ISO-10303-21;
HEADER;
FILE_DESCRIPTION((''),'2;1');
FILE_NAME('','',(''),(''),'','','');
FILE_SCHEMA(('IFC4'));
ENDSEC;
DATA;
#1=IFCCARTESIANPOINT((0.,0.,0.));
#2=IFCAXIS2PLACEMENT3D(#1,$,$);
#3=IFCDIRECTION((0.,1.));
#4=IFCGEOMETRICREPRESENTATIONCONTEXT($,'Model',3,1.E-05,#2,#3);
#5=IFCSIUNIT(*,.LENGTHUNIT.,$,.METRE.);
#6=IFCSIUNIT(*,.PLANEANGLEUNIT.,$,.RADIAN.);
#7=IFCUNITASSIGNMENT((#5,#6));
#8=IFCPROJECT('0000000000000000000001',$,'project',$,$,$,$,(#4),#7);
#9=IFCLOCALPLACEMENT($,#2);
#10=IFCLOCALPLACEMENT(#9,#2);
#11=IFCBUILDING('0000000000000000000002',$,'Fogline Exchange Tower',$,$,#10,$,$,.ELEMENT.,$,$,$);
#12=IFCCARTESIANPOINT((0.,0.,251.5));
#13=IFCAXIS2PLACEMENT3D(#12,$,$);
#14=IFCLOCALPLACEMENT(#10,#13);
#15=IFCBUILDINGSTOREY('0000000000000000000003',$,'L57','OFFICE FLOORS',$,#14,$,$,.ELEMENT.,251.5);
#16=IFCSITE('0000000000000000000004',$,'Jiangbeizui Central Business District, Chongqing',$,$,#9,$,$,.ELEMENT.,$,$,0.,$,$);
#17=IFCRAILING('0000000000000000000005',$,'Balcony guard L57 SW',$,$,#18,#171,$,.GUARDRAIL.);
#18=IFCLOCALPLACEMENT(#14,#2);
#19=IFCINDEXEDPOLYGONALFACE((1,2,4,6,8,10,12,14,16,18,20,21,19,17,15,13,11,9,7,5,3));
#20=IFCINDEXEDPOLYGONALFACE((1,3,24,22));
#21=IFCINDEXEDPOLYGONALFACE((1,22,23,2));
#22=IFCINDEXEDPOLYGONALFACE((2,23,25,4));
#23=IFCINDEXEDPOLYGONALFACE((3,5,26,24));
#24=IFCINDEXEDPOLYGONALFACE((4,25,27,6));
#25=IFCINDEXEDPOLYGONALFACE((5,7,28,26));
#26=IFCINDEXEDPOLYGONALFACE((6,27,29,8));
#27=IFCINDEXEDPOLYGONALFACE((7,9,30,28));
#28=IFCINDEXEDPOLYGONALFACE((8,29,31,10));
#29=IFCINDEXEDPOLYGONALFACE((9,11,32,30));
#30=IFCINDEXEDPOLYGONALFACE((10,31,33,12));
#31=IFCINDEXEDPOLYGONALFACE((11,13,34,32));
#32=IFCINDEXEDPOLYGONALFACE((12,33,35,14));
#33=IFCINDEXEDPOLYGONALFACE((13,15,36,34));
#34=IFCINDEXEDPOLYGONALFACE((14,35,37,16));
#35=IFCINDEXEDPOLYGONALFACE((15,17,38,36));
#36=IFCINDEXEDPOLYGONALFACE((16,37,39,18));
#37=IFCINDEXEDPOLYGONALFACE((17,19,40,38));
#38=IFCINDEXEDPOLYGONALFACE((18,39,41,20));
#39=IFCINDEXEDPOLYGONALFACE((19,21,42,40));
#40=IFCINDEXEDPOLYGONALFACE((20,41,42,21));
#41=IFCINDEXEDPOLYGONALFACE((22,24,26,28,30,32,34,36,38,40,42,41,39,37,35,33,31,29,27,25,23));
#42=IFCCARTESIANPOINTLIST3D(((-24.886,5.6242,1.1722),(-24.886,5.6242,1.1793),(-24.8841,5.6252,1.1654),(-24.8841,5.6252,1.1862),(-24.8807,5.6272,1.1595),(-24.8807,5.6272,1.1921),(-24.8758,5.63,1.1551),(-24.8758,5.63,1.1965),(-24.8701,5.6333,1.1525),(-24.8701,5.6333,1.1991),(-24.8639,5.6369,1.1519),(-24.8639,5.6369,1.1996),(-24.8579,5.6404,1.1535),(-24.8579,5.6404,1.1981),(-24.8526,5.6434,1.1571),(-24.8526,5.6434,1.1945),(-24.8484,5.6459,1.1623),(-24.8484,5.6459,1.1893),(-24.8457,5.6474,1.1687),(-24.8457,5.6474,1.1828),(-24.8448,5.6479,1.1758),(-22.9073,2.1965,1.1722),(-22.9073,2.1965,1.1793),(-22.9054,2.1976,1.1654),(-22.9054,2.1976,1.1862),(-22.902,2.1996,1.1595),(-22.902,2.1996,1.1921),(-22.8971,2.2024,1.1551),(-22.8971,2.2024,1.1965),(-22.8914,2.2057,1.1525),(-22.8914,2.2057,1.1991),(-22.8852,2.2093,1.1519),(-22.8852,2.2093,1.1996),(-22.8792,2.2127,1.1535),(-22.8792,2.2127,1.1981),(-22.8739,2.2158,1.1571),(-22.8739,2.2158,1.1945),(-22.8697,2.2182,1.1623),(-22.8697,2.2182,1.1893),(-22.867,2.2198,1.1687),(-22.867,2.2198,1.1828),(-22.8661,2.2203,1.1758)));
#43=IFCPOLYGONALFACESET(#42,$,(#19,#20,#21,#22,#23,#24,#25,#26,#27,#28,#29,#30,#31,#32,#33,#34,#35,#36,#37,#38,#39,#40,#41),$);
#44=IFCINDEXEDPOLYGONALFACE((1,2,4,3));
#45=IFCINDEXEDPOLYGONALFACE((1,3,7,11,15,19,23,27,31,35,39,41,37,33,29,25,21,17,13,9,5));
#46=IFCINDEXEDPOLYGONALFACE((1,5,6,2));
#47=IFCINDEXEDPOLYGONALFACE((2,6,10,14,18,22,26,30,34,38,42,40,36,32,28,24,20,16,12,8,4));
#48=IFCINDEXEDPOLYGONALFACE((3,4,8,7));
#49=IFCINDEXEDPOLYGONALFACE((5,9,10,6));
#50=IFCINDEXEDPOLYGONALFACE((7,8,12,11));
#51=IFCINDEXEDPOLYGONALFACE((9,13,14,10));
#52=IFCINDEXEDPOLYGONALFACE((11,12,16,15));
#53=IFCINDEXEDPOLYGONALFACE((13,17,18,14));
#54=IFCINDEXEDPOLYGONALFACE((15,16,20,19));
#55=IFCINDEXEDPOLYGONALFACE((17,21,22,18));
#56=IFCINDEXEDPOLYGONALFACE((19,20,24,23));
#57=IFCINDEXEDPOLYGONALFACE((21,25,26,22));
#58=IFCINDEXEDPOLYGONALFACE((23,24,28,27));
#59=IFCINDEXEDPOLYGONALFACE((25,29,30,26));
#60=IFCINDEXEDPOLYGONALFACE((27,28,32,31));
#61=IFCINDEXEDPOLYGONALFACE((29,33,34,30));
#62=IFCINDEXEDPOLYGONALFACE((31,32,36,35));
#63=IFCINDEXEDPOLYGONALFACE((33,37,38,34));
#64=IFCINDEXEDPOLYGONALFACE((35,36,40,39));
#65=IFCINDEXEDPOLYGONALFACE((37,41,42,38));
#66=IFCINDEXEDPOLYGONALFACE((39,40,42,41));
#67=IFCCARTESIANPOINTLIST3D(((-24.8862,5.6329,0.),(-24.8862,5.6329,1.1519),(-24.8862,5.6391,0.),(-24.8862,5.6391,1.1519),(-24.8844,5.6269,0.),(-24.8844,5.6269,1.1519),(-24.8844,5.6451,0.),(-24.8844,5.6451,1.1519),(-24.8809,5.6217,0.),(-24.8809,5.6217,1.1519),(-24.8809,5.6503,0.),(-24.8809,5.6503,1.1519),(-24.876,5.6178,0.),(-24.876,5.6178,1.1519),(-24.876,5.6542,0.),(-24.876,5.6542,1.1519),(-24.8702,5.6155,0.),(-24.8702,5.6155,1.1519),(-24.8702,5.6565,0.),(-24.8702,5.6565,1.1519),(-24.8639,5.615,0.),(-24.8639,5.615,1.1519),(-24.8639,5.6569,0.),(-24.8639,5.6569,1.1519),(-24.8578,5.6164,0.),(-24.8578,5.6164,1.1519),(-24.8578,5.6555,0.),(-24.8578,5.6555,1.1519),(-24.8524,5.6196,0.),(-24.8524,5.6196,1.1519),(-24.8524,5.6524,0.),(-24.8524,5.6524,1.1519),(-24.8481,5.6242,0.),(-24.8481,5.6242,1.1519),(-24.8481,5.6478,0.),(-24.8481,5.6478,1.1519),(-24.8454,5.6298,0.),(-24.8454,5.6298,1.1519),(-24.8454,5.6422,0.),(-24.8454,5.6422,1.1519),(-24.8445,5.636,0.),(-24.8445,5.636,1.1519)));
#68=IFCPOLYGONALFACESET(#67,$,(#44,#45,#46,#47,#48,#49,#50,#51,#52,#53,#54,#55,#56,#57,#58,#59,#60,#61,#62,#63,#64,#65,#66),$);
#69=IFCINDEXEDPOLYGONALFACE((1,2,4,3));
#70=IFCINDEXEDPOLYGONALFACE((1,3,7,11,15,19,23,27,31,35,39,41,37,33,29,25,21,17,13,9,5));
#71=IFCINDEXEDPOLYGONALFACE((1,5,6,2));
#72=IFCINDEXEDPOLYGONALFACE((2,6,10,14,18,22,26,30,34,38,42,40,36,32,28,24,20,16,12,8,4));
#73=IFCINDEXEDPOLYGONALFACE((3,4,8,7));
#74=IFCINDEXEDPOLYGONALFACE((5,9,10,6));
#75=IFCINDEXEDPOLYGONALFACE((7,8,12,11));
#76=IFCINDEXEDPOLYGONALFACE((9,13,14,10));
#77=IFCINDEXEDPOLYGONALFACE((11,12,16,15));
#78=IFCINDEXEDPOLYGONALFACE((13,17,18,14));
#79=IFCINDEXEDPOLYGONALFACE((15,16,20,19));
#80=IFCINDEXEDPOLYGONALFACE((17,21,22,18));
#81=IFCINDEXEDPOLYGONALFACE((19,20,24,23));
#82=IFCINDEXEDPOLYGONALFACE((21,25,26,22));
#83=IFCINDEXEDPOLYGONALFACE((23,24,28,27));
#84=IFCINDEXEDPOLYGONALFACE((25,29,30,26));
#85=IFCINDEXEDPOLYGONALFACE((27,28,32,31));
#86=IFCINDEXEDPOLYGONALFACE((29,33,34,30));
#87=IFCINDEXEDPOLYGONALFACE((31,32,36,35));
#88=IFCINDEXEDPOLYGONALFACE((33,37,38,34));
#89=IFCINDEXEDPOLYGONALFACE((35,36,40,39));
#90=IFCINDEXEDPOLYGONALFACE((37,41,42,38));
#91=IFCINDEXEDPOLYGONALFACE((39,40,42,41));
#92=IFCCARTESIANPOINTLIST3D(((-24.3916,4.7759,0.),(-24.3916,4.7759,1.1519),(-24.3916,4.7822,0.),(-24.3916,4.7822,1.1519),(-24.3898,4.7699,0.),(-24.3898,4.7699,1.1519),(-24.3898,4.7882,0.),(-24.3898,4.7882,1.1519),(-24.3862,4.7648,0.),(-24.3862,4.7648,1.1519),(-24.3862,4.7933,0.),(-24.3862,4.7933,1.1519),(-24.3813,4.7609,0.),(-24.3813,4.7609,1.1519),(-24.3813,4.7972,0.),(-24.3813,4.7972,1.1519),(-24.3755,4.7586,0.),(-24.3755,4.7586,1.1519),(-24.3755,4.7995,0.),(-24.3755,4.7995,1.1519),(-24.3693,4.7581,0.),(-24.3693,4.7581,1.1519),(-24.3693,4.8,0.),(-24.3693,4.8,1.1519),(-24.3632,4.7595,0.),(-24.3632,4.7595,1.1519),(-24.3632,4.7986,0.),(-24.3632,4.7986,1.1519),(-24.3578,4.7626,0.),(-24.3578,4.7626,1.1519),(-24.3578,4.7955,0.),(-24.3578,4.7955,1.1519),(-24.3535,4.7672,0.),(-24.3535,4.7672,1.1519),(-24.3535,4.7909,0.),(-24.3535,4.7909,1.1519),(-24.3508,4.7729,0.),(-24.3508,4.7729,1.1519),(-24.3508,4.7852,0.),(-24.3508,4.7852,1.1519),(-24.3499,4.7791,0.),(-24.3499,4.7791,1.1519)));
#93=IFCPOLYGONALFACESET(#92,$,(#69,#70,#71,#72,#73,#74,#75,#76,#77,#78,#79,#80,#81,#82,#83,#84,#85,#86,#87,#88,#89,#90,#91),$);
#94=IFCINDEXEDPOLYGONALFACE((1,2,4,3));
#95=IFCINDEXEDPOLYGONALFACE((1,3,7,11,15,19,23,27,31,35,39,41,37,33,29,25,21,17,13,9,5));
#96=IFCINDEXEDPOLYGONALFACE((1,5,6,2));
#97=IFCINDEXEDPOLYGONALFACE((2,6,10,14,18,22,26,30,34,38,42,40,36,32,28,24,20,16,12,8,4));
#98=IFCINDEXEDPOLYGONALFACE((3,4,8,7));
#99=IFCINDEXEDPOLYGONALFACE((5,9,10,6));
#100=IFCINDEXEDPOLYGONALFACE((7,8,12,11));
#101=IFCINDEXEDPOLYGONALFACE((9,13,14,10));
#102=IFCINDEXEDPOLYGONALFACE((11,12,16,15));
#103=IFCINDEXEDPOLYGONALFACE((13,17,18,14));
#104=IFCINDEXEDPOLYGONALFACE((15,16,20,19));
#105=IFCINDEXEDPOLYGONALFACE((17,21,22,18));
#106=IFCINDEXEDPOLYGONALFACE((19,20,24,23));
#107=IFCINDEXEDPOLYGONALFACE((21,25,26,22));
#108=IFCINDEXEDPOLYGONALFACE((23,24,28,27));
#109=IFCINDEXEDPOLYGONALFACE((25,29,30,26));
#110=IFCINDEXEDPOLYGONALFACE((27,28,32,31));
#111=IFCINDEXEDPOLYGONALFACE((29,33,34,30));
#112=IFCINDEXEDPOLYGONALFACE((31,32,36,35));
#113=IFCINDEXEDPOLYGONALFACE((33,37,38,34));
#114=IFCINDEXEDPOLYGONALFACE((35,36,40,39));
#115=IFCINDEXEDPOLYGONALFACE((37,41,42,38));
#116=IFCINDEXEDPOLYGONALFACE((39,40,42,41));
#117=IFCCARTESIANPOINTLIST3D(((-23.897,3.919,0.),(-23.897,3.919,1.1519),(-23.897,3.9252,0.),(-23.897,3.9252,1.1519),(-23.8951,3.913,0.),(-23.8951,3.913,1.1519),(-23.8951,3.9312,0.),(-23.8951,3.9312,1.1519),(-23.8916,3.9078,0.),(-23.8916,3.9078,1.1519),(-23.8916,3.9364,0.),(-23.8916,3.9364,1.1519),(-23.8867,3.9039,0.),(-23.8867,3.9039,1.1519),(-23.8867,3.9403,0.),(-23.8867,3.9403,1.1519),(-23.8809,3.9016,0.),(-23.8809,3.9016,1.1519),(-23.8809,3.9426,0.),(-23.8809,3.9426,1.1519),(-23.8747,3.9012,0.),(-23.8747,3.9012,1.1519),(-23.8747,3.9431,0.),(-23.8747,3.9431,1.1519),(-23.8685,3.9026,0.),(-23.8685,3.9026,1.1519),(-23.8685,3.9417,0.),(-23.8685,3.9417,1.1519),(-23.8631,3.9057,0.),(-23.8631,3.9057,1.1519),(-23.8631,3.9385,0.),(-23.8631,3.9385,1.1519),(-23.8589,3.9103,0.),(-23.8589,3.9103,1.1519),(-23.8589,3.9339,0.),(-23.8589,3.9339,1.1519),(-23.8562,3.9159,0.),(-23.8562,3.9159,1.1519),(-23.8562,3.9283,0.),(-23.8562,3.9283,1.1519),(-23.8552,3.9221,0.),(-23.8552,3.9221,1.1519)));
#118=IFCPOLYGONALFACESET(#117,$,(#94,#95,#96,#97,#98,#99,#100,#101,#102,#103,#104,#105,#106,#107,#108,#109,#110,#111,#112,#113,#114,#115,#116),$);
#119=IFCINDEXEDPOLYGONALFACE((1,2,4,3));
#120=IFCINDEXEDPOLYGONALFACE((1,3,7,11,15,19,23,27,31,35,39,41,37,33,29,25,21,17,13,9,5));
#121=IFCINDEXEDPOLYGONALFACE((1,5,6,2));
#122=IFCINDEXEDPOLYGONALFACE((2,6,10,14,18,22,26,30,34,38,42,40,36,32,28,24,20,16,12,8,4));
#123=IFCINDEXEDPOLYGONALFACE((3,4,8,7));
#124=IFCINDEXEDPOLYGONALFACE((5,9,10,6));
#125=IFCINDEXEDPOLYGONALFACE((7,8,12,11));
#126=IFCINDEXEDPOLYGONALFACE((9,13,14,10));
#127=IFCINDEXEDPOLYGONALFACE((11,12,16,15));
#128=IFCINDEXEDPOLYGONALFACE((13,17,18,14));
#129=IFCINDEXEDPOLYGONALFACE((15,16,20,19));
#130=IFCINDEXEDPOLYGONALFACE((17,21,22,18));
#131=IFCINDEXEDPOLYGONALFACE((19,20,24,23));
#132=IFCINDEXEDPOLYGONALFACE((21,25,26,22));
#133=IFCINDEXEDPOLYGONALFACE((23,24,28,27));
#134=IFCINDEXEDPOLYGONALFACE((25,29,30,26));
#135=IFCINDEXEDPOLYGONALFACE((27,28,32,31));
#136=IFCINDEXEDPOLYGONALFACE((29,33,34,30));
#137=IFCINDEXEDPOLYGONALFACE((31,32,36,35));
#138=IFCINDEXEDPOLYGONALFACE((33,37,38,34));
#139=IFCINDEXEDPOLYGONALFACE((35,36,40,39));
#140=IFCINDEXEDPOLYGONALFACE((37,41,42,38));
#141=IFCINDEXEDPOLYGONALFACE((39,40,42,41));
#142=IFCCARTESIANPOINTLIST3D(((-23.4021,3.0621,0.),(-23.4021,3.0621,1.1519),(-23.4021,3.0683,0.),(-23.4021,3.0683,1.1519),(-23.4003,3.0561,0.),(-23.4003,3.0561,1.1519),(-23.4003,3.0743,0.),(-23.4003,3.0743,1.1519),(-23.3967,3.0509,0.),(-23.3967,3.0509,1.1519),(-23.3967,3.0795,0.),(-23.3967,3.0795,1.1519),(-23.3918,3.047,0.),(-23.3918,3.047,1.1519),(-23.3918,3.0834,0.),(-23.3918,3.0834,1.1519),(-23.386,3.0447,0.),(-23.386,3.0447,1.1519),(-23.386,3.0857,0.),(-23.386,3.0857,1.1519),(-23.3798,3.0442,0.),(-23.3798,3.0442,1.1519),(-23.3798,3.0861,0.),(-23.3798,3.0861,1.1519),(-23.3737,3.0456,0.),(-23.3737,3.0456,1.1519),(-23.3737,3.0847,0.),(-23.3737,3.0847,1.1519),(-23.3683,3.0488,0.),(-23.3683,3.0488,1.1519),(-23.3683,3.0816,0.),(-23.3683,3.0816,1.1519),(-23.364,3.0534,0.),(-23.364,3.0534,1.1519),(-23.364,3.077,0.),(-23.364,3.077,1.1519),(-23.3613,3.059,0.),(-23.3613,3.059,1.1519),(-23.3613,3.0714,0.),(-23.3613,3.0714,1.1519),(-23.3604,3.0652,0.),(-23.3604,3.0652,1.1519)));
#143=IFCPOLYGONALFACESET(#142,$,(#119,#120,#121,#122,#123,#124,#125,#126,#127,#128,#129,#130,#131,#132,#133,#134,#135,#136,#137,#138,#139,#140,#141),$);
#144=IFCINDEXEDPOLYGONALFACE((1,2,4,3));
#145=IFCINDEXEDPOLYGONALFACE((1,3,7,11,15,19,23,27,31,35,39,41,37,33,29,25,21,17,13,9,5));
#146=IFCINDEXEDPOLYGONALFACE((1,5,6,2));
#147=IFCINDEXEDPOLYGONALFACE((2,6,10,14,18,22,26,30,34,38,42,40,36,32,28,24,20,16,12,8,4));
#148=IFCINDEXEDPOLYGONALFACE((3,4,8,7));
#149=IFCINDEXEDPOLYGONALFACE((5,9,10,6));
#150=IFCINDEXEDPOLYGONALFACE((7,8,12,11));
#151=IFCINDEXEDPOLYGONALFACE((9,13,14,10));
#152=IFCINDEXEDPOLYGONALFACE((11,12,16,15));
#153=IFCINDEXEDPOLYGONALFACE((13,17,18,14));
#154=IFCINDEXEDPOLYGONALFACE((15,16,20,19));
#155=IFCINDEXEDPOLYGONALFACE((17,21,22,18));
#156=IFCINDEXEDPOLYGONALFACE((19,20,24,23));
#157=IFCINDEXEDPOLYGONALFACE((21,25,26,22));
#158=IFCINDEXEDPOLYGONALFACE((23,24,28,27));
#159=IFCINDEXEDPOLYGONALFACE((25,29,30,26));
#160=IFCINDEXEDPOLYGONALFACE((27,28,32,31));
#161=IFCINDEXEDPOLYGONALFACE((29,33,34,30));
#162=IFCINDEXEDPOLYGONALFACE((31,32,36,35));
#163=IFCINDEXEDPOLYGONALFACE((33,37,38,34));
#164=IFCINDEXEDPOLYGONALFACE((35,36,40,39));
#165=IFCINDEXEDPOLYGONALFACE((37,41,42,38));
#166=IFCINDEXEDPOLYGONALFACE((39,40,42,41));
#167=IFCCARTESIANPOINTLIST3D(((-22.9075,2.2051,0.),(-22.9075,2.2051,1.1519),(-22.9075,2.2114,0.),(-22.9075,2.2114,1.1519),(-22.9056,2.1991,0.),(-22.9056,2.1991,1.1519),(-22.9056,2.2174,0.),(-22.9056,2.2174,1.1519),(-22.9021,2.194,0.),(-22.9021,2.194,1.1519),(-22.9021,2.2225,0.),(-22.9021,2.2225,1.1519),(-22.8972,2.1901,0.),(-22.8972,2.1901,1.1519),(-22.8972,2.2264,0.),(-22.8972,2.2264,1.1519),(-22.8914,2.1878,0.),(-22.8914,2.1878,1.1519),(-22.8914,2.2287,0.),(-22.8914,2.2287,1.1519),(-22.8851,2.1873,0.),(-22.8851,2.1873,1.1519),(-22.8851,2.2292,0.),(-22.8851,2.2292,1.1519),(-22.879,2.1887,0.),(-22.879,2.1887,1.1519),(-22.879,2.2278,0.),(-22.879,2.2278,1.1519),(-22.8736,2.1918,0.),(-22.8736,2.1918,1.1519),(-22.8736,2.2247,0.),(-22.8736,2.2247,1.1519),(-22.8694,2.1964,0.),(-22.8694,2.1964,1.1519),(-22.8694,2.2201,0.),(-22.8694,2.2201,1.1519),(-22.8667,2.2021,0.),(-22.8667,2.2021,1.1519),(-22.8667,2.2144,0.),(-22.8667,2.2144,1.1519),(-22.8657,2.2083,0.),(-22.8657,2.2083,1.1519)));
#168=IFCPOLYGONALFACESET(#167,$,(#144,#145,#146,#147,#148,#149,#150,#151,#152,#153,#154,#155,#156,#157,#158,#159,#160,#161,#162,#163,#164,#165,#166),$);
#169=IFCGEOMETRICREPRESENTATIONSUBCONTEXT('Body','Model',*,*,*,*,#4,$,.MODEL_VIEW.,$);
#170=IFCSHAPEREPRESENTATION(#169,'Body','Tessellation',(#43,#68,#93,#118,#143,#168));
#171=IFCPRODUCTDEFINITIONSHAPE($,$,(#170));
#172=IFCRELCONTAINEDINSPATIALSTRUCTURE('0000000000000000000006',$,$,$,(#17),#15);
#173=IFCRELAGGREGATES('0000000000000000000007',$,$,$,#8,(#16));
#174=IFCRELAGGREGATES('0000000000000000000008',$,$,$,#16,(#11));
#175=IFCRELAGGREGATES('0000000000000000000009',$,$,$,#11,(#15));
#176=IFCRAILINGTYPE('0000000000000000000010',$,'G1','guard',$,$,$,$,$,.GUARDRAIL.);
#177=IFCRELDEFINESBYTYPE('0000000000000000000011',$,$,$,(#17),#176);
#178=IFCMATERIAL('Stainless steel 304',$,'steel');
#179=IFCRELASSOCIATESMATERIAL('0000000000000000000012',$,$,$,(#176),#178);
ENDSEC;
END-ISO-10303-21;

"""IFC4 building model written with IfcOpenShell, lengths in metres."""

from ifc_helpers import new_model, si_unit, direction, frame, origin, origin_2d, place, context, subcontext, project, spatial, circle, extrude, material, type_object, element, save


model = new_model("IFC4")

# Units and contexts
model_context = context("Model", 3, precision=1e-05, world=origin(), true_north=direction((0.0, 1.0)))
body_context = subcontext(model_context, "Body", "Model", "MODEL_VIEW")
ifc_project = project(units=[si_unit("LENGTHUNIT", "METRE"), si_unit("PLANEANGLEUNIT", "RADIAN")], contexts=[model_context])

# Site, building, storey
site_placement = place(None, origin())
site = spatial("IfcSite", under=ifc_project, at=site_placement, Name="Jiangbeizui Central Business District, Chongqing", CompositionType="ELEMENT", RefElevation=0.0)
building_placement = place(site_placement, origin())
building = spatial("IfcBuilding", under=site, at=building_placement, Name="Fogline Exchange Tower", CompositionType="ELEMENT")
storey_placement = place(building_placement, frame((0.0, 0.0, 251.5)))
storey = spatial("IfcBuildingStorey", under=building, at=storey_placement, Name="L57", Description="OFFICE FLOORS", CompositionType="ELEMENT", Elevation=251.5)

# Railing
ifc_material_1 = material(Name="Stainless steel 304", Category="steel")
railing_type = type_object("IfcRailingType", Name="G1", Description="guard", PredefinedType="GUARDRAIL", material=ifc_material_1)
railing_placement = place(storey_placement, frame((-24.8655, 5.636, 0.0)))
element("IfcRailing", 1, at=railing_placement, inside=storey, type_object=railing_type, Name="Balcony guard L57 SW", PredefinedType="GUARDRAIL", context=body_context, shape_type="SweptSolid", body=[
    extrude(circle(Radius=0.0239, at=origin_2d()), frame((0.0, 0.0, 1.1758), z_axis=(0.499954, -0.866052, 0.0), x_axis=(0.866052, 0.499954, 0.0)), (0.0, 0.0, 1.0), 3.9578),
    extrude(circle(Radius=0.021, at=origin_2d()), origin(), (0.0, 0.0, 1.0), 1.1519),
    extrude(circle(Radius=0.021, at=origin_2d()), frame((0.4946, -0.8569, 0.0)), (0.0, 0.0, 1.0), 1.1519),
    extrude(circle(Radius=0.021, at=origin_2d()), frame((0.9893, -1.7139, 0.0)), (0.0, 0.0, 1.0), 1.1519),
    extrude(circle(Radius=0.021, at=origin_2d()), frame((1.4841, -2.5708, 0.0)), (0.0, 0.0, 1.0), 1.1519),
    extrude(circle(Radius=0.021, at=origin_2d()), frame((1.9788, -3.4277, 0.0)), (0.0, 0.0, 1.0), 1.1519),
])

save(model, "model.ifc")
